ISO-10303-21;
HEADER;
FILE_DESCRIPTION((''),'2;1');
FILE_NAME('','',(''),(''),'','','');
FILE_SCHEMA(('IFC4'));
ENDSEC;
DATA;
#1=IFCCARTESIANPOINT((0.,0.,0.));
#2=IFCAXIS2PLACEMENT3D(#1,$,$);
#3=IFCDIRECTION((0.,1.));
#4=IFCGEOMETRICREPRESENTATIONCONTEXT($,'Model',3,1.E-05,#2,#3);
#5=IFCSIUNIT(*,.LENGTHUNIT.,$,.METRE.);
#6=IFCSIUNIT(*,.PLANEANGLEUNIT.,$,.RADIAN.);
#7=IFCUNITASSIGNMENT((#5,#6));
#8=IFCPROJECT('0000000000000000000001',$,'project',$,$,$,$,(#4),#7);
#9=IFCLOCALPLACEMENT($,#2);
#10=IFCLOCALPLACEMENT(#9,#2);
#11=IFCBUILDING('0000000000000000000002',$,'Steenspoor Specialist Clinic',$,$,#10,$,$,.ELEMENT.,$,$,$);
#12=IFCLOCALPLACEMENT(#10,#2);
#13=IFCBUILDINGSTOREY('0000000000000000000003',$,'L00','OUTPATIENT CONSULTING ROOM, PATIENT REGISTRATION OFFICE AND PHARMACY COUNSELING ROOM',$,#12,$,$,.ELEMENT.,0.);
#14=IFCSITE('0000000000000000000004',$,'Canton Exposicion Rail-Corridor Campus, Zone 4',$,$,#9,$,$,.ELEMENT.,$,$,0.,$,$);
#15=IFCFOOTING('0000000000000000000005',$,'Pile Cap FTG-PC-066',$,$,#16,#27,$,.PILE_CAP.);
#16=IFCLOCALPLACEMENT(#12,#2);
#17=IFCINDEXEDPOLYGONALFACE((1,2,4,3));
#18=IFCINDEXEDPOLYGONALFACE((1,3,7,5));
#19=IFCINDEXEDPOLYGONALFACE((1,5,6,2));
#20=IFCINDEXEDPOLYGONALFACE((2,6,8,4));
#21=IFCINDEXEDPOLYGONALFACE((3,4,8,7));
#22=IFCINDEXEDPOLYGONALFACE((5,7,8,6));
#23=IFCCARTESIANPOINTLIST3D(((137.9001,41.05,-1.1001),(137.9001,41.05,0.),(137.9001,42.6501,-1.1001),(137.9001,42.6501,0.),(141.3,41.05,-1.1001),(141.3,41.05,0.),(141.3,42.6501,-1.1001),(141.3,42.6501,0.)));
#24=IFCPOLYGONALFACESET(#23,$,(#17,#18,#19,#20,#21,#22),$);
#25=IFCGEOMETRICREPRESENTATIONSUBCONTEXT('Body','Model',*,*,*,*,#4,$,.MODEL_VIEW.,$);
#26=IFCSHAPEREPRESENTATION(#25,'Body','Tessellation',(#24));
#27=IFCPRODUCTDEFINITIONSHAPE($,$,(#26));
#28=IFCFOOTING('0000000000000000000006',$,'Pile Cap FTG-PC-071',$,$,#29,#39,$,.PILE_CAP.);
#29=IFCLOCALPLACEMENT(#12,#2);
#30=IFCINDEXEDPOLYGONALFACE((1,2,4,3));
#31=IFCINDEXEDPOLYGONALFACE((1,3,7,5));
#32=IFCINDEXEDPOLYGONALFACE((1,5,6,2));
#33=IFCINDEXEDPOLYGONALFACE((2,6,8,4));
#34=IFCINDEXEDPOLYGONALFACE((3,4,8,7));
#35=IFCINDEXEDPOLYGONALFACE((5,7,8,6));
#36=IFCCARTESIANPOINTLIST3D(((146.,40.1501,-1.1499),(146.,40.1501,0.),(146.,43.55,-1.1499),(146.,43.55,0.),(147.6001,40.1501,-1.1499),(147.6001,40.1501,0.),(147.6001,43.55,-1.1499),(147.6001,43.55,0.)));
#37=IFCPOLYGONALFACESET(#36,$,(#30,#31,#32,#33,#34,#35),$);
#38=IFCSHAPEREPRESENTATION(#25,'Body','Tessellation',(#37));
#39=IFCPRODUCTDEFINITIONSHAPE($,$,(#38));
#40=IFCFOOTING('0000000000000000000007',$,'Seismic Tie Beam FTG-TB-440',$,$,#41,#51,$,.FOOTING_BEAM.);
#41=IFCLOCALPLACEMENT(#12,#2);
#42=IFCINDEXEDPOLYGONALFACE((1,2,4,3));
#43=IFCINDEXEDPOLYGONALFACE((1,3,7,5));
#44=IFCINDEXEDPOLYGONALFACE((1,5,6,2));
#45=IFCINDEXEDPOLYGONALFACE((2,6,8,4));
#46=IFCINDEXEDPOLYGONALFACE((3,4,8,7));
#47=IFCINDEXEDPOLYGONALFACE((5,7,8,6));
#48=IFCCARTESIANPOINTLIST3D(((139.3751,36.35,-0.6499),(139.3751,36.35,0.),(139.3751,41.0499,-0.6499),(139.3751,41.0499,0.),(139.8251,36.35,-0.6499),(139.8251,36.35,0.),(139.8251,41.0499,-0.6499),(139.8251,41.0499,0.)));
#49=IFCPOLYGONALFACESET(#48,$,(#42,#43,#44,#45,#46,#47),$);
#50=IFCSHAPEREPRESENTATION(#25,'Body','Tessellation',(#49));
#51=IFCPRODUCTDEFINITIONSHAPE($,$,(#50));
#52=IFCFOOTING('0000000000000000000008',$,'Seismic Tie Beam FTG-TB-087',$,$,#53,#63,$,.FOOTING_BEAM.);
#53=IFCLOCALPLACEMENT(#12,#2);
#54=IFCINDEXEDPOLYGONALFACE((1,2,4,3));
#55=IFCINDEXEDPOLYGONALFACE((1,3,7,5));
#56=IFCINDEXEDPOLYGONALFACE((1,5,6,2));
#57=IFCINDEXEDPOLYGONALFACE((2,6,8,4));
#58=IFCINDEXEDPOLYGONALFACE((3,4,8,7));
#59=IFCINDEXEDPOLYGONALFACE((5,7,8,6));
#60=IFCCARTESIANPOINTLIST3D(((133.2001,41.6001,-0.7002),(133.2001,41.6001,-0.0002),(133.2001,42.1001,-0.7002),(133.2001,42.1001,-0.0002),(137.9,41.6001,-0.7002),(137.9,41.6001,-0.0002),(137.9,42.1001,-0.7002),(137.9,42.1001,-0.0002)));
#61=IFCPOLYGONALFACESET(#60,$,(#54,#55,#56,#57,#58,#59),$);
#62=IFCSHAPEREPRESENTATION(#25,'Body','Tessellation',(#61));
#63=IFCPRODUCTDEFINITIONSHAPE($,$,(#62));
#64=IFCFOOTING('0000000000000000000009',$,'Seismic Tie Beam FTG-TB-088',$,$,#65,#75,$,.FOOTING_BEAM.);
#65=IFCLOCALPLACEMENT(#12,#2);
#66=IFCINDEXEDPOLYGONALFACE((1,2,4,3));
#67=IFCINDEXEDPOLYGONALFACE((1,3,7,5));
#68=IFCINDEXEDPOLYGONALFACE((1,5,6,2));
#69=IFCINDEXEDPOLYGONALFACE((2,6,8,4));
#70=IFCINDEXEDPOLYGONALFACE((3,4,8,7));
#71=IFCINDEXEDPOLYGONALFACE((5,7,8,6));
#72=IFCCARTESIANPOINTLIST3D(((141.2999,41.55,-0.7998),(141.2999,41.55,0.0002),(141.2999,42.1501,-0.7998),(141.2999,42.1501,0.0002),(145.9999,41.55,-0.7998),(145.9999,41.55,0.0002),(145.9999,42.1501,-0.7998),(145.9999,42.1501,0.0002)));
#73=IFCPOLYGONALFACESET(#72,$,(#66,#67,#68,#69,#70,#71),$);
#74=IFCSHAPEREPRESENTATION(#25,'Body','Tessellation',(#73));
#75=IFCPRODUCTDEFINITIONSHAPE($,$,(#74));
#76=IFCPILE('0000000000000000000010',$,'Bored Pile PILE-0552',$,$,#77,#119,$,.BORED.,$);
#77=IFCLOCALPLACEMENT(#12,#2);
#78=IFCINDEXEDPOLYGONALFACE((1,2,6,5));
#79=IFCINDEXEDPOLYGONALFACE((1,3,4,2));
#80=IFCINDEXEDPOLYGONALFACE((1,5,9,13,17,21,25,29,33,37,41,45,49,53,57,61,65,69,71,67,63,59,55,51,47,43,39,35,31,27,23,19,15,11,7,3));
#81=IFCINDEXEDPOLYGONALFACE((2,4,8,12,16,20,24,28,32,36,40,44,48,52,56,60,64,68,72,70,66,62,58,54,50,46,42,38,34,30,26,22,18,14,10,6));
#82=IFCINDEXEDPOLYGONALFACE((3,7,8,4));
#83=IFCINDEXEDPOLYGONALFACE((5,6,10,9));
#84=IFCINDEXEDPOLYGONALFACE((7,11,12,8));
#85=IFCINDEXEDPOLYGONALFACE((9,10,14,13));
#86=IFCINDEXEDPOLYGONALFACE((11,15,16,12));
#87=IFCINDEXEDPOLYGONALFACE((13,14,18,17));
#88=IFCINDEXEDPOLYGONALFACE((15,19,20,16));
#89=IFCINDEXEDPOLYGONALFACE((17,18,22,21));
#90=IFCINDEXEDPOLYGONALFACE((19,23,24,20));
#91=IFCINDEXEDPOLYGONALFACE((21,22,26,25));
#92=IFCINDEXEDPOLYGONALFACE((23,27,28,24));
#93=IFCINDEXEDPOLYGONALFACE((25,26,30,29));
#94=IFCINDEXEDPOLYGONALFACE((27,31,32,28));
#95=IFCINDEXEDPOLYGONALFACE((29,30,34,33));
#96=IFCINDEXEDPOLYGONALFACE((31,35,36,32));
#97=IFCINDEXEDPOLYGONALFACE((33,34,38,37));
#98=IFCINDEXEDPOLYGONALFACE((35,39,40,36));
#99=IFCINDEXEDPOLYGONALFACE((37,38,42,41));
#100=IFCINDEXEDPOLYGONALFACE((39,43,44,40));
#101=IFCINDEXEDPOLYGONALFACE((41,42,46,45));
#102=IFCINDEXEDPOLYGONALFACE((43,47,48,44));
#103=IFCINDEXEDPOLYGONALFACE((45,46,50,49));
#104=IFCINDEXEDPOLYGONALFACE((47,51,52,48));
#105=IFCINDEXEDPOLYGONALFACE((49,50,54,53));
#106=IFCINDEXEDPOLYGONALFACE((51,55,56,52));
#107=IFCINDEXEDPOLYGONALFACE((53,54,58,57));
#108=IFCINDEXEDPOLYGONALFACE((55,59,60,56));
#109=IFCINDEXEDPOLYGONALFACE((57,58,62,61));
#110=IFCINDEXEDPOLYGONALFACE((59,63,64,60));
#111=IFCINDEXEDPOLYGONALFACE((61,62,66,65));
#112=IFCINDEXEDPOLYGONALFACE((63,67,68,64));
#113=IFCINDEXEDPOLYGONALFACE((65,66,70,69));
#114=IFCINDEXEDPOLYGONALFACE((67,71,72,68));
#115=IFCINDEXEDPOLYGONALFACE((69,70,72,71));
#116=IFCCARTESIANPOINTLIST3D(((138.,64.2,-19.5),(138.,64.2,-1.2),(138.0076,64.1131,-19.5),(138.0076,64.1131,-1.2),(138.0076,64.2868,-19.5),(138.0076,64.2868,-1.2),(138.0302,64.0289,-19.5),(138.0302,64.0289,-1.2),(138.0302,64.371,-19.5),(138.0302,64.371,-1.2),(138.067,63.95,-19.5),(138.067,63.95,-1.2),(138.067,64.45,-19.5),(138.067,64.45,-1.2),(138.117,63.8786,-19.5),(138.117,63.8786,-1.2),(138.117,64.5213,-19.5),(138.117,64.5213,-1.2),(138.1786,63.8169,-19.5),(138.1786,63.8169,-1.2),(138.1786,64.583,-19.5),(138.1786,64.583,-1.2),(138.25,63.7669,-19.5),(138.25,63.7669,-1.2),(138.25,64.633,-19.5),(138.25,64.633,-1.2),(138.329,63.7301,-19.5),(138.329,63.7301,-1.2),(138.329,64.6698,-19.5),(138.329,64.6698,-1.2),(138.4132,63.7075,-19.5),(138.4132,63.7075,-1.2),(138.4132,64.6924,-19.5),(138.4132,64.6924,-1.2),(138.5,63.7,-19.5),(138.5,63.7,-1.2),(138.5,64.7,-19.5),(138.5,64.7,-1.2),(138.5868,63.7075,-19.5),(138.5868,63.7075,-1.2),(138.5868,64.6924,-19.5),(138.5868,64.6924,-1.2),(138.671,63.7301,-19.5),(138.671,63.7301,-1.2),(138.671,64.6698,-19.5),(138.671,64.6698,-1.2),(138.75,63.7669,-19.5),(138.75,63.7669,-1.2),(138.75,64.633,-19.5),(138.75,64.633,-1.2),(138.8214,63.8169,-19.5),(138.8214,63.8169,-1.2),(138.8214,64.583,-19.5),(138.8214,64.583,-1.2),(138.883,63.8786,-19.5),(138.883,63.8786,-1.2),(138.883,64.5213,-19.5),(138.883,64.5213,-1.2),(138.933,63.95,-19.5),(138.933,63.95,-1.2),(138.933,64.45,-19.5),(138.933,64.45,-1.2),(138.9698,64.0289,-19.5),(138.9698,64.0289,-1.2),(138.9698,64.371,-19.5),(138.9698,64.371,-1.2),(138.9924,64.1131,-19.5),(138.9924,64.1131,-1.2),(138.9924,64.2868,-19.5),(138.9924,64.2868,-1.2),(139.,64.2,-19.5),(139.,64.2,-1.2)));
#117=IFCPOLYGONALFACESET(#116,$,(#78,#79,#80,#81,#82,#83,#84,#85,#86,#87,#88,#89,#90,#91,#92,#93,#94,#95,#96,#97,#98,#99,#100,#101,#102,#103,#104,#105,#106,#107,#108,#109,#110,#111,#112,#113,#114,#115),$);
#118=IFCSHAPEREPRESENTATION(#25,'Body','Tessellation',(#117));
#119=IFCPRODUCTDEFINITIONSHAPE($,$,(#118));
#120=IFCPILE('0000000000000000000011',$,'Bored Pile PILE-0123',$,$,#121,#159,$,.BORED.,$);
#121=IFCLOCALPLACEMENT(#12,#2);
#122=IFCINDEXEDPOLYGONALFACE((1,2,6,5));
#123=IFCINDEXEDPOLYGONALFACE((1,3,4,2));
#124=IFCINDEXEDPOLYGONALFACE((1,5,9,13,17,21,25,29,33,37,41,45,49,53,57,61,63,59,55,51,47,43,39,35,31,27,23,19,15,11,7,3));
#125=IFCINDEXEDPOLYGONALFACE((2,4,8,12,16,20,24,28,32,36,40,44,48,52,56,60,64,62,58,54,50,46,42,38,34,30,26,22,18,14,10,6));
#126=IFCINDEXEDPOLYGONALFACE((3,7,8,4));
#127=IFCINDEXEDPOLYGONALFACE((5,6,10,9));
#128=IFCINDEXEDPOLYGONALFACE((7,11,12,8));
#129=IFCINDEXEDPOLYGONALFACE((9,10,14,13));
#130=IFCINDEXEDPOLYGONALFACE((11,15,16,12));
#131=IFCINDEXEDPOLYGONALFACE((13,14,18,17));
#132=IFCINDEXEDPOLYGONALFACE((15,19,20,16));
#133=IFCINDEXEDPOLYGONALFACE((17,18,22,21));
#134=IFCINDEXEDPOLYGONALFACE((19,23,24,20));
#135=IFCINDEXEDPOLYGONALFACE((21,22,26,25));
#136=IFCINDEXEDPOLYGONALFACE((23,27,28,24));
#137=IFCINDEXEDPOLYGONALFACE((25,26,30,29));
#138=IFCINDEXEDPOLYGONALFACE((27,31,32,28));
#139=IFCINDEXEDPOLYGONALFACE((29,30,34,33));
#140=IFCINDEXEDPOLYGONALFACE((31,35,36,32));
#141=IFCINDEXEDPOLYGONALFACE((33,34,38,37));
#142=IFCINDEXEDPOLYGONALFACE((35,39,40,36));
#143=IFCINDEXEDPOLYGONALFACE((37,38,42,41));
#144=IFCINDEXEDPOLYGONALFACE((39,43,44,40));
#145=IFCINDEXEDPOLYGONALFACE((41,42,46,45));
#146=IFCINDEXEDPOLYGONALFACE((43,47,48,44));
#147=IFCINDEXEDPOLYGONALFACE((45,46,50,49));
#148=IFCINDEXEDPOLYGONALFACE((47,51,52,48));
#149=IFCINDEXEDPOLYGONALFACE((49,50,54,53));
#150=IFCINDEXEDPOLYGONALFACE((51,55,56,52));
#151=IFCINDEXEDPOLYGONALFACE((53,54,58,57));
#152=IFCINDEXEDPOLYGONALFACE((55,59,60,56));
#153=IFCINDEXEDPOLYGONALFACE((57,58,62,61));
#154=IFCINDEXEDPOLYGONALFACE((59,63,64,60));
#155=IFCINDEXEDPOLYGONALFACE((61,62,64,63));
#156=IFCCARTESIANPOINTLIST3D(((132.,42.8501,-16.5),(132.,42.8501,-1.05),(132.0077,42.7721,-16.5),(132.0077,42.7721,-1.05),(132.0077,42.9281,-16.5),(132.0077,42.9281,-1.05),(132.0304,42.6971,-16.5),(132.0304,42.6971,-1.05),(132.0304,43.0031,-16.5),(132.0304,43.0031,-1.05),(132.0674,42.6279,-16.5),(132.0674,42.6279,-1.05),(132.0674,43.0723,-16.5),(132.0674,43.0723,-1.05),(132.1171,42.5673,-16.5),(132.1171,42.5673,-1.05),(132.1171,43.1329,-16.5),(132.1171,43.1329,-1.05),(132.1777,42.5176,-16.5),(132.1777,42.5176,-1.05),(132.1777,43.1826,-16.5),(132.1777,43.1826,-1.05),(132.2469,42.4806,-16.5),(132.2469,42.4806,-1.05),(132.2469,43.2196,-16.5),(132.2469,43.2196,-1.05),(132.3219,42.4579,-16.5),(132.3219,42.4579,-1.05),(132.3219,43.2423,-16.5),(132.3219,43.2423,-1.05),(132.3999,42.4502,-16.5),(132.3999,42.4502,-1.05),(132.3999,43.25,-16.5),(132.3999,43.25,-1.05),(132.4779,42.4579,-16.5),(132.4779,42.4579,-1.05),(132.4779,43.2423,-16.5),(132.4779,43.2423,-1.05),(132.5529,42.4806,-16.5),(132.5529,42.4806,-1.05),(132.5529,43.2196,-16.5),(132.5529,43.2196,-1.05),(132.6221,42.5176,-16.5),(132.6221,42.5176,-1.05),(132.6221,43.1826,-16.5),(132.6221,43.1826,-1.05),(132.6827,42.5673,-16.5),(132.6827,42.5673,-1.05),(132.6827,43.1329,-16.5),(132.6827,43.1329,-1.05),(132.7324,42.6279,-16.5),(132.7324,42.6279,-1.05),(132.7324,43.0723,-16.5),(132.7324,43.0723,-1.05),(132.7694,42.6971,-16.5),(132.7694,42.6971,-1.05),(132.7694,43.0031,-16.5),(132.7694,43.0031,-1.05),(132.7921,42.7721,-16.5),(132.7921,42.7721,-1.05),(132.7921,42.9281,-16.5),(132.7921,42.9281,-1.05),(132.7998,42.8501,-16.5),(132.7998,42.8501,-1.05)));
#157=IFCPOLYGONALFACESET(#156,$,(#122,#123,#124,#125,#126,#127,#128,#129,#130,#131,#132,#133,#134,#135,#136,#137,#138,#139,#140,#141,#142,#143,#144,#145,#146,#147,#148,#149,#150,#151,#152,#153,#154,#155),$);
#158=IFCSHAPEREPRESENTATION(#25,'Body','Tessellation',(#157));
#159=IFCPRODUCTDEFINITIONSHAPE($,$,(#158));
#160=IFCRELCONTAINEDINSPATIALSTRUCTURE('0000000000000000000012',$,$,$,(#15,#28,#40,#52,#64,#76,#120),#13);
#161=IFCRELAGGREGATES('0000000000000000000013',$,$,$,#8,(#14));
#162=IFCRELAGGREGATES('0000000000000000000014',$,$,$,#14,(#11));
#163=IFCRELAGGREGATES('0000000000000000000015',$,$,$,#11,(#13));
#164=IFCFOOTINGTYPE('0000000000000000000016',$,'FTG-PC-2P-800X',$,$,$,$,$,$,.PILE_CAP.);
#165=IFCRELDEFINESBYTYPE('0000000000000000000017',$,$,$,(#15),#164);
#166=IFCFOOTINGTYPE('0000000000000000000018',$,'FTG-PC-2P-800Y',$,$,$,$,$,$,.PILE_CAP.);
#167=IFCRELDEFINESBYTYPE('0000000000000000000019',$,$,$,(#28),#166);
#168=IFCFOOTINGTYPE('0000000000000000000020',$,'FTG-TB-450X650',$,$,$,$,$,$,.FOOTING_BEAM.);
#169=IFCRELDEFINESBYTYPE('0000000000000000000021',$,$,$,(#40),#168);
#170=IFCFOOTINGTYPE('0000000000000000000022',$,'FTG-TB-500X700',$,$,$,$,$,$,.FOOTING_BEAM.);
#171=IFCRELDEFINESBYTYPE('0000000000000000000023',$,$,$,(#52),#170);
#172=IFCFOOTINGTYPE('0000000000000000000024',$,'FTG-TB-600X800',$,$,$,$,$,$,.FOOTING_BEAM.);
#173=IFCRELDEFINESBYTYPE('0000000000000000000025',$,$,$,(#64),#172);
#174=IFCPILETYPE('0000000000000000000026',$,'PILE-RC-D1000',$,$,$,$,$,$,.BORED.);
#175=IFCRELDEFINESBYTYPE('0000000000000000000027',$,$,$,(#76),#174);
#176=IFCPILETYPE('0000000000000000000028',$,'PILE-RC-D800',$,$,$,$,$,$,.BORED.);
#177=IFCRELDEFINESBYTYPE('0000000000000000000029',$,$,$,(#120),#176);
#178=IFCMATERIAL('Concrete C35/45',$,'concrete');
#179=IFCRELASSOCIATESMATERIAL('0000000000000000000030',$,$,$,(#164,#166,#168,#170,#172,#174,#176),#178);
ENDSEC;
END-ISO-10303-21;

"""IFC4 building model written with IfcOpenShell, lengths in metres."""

from ifc_helpers import new_model, si_unit, direction, frame, origin, origin_2d, place, context, subcontext, project, spatial, rectangle, circle, extrude, material, material_profile, profile_set, type_object, element, save


model = new_model("IFC4")

# Units and contexts
model_context = context("Model", 3, precision=1e-05, world=origin(), true_north=direction((0.0, 1.0)))
body_context = subcontext(model_context, "Body", "Model", "MODEL_VIEW")
ifc_project = project(units=[si_unit("LENGTHUNIT", "METRE"), si_unit("PLANEANGLEUNIT", "RADIAN")], contexts=[model_context])

# Site, building, storey
site_placement = place(None, origin())
site = spatial("IfcSite", under=ifc_project, at=site_placement, Name="Canton Exposicion Rail-Corridor Campus, Zone 4", CompositionType="ELEMENT", RefElevation=0.0)
building_placement = place(site_placement, origin())
building = spatial("IfcBuilding", under=site, at=building_placement, Name="Steenspoor Specialist Clinic", CompositionType="ELEMENT")
storey_placement = place(building_placement, origin())
storey = spatial("IfcBuildingStorey", under=building, at=storey_placement, Name="L00", Description="OUTPATIENT CONSULTING ROOM, PATIENT REGISTRATION OFFICE AND PHARMACY COUNSELING ROOM", CompositionType="ELEMENT", Elevation=0.0)

# Footings
ifc_material_1 = material(Name="Concrete C35/45", Category="concrete")
footing_type_1 = type_object("IfcFootingType", Name="FTG-PC-2P-800X", PredefinedType="PILE_CAP", material=ifc_material_1)
footing_1_placement = place(storey_placement, frame((139.6001, 41.8501, -1.1001), z_axis=(0.0, 0.0, 1.0), x_axis=(1.0, 0.0, 0.0)))
element("IfcFooting", 1, at=footing_1_placement, inside=storey, type_object=footing_type_1, Name="Pile Cap FTG-PC-066", PredefinedType="PILE_CAP", context=body_context, shape_type="SweptSolid", body=[
    extrude(rectangle(XDim=3.3999, YDim=1.6001, at=origin_2d()), origin(), (0.0, 0.0, 1.0), 1.1001),
])
footing_type_2 = type_object("IfcFootingType", Name="FTG-PC-2P-800Y", PredefinedType="PILE_CAP", material=ifc_material_1)
footing_2_placement = place(storey_placement, frame((146.8, 41.8501, -1.1499), z_axis=(0.0, 0.0, 1.0), x_axis=(1.0, 0.0, 0.0)))
element("IfcFooting", 2, at=footing_2_placement, inside=storey, type_object=footing_type_2, Name="Pile Cap FTG-PC-071", PredefinedType="PILE_CAP", context=body_context, shape_type="SweptSolid", body=[
    extrude(rectangle(XDim=1.6001, YDim=3.3999, at=origin_2d()), origin(), (0.0, 0.0, 1.0), 1.1499),
])
footing_type_3 = type_object("IfcFootingType", Name="FTG-TB-450X650", PredefinedType="FOOTING_BEAM", material=ifc_material_1)
footing_3_placement = place(storey_placement, frame((139.6001, 38.7, -0.6499), z_axis=(0.0, 0.0, 1.0), x_axis=(1.0, 0.0, 0.0)))
element("IfcFooting", 3, at=footing_3_placement, inside=storey, type_object=footing_type_3, Name="Seismic Tie Beam FTG-TB-440", PredefinedType="FOOTING_BEAM", context=body_context, shape_type="SweptSolid", body=[
    extrude(rectangle(XDim=0.45, YDim=4.7, at=origin_2d()), origin(), (0.0, 0.0, 1.0), 0.6499),
])
footing_type_4 = type_object("IfcFootingType", Name="FTG-TB-500X700", PredefinedType="FOOTING_BEAM", material=ifc_material_1)
footing_4_placement = place(storey_placement, frame((135.55, 41.8501, -0.7002), z_axis=(0.0, 0.0, 1.0), x_axis=(1.0, 0.0, 0.0)))
element("IfcFooting", 4, at=footing_4_placement, inside=storey, type_object=footing_type_4, Name="Seismic Tie Beam FTG-TB-087", PredefinedType="FOOTING_BEAM", context=body_context, shape_type="SweptSolid", body=[
    extrude(rectangle(XDim=4.7, YDim=0.5, at=origin_2d()), origin(), (0.0, 0.0, 1.0), 0.7),
])
footing_type_5 = type_object("IfcFootingType", Name="FTG-TB-600X800", PredefinedType="FOOTING_BEAM", material=ifc_material_1)
footing_5_placement = place(storey_placement, frame((143.6499, 41.8501, -0.7998), z_axis=(0.0, 0.0, 1.0), x_axis=(1.0, 0.0, 0.0)))
element("IfcFooting", 5, at=footing_5_placement, inside=storey, type_object=footing_type_5, Name="Seismic Tie Beam FTG-TB-088", PredefinedType="FOOTING_BEAM", context=body_context, shape_type="SweptSolid", body=[
    extrude(rectangle(XDim=4.7, YDim=0.6001, at=origin_2d()), origin(), (0.0, 0.0, 1.0), 0.8),
])

# Piles
ifc_material_profile_1 = material_profile(ifc_material_1, circle(Radius=0.5, at=origin_2d()), Name="PILE-D1000")
ifc_profile_set_1 = profile_set([ifc_material_profile_1], Name="Concrete C35/45")
pile_type_1 = type_object("IfcPileType", Name="PILE-RC-D1000", PredefinedType="BORED", material=ifc_profile_set_1)
pile_1_placement = place(storey_placement, frame((138.5, 64.2, -1.2), z_axis=(0.0, 0.0, -1.0), x_axis=(1.0, 0.0, 0.0)))
element("IfcPile", 6, at=pile_1_placement, inside=storey, type_object=pile_type_1, Name="Bored Pile PILE-0552", PredefinedType="BORED", context=body_context, shape_type="SweptSolid", body=[
    extrude(circle(Radius=0.5, at=origin_2d()), origin(), (0.0, 0.0, 1.0), 18.3),
])
ifc_material_profile_2 = material_profile(ifc_material_1, circle(Radius=0.3999, at=origin_2d()), Name="PILE-D800")
ifc_profile_set_2 = profile_set([ifc_material_profile_2], Name="Concrete C35/45")
pile_type_2 = type_object("IfcPileType", Name="PILE-RC-D800", PredefinedType="BORED", material=ifc_profile_set_2)
pile_2_placement = place(storey_placement, frame((132.3999, 42.8501, -1.05), z_axis=(0.0, 0.0, -1.0), x_axis=(1.0, 0.0, 0.0)))
element("IfcPile", 7, at=pile_2_placement, inside=storey, type_object=pile_type_2, Name="Bored Pile PILE-0123", PredefinedType="BORED", context=body_context, shape_type="SweptSolid", body=[
    extrude(circle(Radius=0.3999, at=origin_2d()), origin(), (0.0, 0.0, 1.0), 15.45),
])

save(model, "model.ifc")
